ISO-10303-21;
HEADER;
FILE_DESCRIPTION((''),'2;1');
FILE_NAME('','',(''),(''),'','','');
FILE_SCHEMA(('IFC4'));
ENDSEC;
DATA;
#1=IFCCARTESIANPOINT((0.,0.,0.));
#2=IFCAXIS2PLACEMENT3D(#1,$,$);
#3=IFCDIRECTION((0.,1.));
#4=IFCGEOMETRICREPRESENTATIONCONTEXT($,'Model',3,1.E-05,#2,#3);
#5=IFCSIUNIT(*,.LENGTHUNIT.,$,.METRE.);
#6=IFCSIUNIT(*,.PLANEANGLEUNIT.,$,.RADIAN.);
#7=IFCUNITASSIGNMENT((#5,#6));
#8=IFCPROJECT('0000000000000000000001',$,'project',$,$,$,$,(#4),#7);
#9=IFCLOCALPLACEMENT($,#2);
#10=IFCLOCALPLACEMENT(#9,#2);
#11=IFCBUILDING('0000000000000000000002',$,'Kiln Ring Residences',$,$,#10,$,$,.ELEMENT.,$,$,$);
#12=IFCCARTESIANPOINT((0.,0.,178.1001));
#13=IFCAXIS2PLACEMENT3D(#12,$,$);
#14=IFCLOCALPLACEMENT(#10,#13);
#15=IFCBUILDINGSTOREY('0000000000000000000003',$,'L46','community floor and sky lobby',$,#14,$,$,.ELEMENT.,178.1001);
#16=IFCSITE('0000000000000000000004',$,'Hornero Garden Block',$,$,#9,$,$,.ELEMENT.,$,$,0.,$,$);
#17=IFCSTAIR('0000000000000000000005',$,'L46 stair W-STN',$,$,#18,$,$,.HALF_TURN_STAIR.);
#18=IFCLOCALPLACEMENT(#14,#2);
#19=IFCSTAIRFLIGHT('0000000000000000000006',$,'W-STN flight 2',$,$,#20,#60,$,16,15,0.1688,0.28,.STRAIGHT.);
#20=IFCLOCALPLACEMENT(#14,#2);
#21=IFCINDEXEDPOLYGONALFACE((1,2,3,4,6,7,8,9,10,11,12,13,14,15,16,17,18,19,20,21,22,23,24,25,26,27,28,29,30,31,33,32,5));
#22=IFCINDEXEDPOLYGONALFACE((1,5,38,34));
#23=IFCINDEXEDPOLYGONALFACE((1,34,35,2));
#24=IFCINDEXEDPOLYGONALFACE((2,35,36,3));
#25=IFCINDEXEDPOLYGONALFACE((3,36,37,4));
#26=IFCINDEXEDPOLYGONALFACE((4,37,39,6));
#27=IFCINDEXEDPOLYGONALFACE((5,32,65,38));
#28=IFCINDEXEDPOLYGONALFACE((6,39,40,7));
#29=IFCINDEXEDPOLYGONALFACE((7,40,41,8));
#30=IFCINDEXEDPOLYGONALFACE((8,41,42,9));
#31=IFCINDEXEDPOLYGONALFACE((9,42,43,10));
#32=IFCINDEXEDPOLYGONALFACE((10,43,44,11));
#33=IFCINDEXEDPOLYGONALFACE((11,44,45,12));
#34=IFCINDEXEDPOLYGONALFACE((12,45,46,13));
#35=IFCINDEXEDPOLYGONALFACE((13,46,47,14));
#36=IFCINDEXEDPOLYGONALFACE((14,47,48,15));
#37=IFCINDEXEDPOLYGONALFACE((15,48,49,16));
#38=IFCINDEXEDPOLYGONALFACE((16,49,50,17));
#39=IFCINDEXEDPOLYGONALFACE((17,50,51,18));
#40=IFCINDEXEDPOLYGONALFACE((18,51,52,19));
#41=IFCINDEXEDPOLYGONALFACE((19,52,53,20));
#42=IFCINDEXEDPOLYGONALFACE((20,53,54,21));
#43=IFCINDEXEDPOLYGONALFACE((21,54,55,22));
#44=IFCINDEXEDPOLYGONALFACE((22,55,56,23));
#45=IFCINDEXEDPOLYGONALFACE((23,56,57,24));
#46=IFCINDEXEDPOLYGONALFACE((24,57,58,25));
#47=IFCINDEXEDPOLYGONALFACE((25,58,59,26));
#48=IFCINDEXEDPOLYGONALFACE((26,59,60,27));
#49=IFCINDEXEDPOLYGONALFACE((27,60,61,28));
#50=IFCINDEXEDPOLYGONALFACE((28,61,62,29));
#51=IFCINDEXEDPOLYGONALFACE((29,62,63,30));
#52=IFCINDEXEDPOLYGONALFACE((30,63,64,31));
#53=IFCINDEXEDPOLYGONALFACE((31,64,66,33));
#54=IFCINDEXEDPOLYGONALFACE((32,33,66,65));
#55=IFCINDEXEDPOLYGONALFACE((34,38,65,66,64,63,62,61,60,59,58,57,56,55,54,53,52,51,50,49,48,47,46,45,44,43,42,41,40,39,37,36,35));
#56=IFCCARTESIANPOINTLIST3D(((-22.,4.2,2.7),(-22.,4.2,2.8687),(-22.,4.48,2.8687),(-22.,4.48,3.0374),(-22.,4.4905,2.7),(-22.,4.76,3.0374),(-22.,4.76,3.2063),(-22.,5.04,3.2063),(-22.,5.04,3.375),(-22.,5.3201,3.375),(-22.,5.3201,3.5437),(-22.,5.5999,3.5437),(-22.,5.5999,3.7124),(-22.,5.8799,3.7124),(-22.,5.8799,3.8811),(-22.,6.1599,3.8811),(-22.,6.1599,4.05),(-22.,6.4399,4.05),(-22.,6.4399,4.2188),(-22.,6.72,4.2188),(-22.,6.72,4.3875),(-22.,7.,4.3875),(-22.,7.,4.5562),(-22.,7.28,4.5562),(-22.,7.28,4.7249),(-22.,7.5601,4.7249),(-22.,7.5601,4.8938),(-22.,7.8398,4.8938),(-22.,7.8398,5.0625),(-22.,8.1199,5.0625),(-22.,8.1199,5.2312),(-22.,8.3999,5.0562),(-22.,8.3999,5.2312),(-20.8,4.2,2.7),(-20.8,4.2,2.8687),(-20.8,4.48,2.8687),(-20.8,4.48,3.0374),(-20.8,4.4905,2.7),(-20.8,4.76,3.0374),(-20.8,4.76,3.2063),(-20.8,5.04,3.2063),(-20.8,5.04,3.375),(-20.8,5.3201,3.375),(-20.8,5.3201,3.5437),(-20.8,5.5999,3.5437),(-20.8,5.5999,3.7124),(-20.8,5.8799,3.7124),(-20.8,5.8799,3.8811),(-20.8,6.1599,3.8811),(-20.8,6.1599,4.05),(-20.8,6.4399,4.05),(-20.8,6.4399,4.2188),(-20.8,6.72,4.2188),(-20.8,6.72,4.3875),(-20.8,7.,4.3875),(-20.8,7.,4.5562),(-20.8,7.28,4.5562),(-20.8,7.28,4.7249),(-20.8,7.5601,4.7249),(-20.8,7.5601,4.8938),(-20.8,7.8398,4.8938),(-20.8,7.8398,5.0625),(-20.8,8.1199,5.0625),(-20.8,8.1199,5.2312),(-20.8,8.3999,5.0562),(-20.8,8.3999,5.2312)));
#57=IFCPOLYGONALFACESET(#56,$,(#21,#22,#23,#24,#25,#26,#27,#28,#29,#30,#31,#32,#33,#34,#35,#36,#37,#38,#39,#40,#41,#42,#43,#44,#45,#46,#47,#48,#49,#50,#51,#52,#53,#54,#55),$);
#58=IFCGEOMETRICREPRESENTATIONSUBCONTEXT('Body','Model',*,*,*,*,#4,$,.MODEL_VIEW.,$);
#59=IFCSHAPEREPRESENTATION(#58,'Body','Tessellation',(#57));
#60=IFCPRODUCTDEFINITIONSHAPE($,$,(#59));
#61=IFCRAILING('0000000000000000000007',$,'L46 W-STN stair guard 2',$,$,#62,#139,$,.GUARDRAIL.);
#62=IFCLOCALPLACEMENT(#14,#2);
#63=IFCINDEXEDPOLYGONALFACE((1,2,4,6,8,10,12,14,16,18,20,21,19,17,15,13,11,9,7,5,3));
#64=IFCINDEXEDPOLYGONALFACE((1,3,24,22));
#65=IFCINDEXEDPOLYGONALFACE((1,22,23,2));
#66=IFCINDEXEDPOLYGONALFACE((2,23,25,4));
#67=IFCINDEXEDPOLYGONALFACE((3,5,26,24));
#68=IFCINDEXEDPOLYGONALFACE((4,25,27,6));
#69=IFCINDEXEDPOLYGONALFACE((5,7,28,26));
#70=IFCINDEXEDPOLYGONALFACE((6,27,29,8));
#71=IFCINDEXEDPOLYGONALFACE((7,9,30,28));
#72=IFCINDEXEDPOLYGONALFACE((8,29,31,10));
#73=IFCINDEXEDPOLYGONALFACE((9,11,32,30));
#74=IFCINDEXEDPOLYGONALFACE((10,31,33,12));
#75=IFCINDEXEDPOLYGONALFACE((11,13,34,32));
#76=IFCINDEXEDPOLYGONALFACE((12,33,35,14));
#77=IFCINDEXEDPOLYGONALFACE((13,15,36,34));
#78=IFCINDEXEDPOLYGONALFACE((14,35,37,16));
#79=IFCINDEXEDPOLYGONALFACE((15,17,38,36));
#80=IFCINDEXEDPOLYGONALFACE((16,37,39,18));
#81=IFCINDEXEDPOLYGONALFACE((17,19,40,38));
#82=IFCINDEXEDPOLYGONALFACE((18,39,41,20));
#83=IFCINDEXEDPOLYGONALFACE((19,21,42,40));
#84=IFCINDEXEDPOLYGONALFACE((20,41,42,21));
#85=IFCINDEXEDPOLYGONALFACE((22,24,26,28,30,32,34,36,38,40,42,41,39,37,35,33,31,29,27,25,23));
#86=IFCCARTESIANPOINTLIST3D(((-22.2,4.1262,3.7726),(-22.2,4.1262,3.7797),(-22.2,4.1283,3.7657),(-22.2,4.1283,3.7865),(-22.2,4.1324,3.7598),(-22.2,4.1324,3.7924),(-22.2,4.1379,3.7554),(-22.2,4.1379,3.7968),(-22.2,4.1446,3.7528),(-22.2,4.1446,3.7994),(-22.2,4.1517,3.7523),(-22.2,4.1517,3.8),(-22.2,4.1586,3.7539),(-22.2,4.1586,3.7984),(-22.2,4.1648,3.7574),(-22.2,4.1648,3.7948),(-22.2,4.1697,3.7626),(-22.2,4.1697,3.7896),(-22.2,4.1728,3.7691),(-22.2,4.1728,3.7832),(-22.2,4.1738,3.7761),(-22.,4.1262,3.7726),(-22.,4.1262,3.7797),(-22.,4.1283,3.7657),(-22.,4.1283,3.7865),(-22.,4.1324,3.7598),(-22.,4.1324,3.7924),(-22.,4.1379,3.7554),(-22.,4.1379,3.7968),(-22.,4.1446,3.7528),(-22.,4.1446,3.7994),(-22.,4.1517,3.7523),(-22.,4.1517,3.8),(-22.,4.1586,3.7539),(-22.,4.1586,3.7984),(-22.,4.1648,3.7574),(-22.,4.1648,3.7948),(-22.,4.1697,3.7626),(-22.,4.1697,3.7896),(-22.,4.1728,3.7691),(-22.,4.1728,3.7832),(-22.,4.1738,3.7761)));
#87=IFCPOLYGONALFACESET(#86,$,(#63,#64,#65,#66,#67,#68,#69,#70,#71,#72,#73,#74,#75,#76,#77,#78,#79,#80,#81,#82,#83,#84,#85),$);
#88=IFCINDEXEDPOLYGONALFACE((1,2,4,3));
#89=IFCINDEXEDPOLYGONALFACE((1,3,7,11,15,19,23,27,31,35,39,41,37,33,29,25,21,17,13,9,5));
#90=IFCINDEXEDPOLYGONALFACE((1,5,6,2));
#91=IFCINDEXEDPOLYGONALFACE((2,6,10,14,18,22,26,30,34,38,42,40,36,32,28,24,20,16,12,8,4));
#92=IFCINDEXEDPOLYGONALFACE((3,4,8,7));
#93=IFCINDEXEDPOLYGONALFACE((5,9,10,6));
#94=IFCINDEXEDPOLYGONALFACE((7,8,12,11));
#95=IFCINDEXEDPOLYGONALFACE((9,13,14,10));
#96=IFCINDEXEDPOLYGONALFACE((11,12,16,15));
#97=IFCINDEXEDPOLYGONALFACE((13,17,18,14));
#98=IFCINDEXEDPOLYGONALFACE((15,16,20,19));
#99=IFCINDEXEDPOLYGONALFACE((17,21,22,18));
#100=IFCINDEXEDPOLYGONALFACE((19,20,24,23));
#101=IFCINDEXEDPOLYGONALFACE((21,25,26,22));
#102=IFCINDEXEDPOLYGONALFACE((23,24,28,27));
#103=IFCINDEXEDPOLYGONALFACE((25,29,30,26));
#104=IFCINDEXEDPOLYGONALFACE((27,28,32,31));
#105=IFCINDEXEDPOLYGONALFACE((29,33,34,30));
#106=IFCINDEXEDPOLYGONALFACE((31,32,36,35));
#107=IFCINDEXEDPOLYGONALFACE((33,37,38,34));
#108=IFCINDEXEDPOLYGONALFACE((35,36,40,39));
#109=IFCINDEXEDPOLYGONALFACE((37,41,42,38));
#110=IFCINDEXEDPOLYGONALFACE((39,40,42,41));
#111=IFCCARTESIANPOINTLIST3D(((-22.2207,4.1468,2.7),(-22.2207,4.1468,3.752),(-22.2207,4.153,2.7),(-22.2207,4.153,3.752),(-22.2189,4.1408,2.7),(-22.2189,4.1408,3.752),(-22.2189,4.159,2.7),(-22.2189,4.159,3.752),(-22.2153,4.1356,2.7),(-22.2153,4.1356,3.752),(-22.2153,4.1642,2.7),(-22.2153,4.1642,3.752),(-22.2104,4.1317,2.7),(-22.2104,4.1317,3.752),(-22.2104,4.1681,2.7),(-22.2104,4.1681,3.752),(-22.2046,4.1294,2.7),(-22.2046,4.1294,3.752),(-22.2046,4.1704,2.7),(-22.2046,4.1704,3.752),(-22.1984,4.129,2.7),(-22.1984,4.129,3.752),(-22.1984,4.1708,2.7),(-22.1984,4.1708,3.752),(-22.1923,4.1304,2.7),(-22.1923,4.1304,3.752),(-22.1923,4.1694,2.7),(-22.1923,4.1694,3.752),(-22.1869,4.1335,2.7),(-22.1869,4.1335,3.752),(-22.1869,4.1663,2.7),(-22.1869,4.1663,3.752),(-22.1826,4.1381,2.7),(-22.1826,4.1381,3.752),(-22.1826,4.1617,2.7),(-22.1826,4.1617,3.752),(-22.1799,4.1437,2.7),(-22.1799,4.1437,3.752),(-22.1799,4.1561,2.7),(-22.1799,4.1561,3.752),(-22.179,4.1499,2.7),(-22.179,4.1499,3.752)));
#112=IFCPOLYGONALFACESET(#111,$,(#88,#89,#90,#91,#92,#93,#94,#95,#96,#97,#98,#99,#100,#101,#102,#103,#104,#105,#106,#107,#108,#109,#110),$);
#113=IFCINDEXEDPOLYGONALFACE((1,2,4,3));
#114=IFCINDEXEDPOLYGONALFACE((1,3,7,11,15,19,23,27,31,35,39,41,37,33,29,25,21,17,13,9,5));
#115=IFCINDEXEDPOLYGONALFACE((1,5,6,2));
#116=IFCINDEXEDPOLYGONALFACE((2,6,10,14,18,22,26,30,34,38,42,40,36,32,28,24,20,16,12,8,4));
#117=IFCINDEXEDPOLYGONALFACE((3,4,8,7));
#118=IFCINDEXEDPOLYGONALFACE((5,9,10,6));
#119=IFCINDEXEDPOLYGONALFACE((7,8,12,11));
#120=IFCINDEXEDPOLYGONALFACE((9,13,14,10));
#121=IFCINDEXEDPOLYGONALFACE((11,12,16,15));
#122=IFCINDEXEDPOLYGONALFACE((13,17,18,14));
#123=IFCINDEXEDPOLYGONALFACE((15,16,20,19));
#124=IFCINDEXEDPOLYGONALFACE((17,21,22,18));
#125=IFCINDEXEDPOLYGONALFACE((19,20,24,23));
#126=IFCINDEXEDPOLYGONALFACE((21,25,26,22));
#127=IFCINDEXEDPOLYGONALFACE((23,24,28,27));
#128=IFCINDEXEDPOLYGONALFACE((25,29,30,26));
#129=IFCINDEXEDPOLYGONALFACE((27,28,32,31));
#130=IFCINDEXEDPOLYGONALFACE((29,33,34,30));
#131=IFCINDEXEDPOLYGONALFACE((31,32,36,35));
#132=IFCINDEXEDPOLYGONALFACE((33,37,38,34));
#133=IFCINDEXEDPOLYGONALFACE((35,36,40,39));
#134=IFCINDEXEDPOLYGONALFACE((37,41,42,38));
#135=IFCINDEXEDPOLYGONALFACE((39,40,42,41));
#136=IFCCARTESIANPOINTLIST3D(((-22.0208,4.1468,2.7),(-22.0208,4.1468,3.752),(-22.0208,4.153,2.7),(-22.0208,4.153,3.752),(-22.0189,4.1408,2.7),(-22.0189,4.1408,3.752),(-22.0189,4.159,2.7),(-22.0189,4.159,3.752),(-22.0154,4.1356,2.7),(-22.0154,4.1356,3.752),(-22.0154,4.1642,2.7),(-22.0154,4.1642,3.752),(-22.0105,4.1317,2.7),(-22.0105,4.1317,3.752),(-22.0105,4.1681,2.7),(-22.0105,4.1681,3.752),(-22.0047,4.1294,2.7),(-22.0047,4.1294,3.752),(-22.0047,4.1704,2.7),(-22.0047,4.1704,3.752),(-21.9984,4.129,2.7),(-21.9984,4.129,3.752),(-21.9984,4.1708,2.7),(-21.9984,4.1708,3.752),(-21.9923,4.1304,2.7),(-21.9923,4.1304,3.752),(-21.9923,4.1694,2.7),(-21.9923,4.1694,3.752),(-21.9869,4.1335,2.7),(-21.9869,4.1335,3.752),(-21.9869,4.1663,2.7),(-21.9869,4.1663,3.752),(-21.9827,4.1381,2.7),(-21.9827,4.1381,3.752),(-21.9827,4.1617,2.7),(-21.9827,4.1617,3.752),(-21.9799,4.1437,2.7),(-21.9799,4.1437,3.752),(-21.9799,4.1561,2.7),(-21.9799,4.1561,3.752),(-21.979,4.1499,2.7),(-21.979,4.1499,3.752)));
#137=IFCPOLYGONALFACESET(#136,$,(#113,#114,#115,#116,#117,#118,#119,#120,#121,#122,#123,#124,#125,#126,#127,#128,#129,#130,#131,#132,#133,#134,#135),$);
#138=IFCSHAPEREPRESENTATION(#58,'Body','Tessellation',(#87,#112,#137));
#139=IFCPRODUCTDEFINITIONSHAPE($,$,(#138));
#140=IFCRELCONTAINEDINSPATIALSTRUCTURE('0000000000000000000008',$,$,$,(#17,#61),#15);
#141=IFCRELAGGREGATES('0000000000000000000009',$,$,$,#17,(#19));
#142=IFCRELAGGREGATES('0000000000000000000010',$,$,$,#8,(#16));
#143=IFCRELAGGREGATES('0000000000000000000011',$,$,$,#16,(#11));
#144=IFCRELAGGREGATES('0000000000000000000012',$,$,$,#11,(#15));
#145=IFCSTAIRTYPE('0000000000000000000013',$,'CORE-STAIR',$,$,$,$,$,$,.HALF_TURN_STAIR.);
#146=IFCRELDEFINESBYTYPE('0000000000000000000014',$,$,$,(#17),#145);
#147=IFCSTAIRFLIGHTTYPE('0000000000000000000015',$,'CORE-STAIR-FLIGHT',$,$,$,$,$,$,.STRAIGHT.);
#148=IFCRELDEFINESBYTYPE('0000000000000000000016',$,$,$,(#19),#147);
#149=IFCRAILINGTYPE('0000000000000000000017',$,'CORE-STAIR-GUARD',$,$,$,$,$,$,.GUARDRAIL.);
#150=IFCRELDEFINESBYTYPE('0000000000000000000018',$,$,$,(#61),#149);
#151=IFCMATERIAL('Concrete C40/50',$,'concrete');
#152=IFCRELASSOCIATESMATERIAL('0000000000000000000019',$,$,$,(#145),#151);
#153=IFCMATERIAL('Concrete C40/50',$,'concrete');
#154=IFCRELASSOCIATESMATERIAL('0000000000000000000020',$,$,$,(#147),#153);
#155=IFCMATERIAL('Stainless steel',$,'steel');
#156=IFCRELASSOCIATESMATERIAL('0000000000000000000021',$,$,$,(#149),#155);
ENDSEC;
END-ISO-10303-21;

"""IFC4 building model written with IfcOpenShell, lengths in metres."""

from ifc_helpers import new_model, si_unit, direction, frame, origin, origin_2d, place, context, subcontext, project, spatial, polyline, circle, outline, extrude, material, type_object, element, aggregate, save


model = new_model("IFC4")

# Units and contexts
model_context = context("Model", 3, precision=1e-05, world=origin(), true_north=direction((0.0, 1.0)))
body_context = subcontext(model_context, "Body", "Model", "MODEL_VIEW")
ifc_project = project(units=[si_unit("LENGTHUNIT", "METRE"), si_unit("PLANEANGLEUNIT", "RADIAN")], contexts=[model_context])

# Site, building, storey
site_placement = place(None, origin())
site = spatial("IfcSite", under=ifc_project, at=site_placement, Name="Hornero Garden Block", CompositionType="ELEMENT", RefElevation=0.0)
building_placement = place(site_placement, origin())
building = spatial("IfcBuilding", under=site, at=building_placement, Name="Kiln Ring Residences", CompositionType="ELEMENT")
storey_placement = place(building_placement, frame((0.0, 0.0, 178.1001)))
storey = spatial("IfcBuildingStorey", under=building, at=storey_placement, Name="L46", Description="community floor and sky lobby", CompositionType="ELEMENT", Elevation=178.1001)

# Shared definitions
placement = place(storey_placement, origin())

# Stair, stair flight
ifc_material_1 = material(Name="Concrete C40/50", Category="concrete")
stair_type = type_object("IfcStairType", Name="CORE-STAIR", PredefinedType="HALF_TURN_STAIR", material=ifc_material_1)
stair = element("IfcStair", 1, at=placement, inside=storey, type_object=stair_type, Name="L46 stair W-STN", PredefinedType="HALF_TURN_STAIR")
ifc_material_2 = material(Name="Concrete C40/50", Category="concrete")
stair_flight_type = type_object("IfcStairFlightType", Name="CORE-STAIR-FLIGHT", PredefinedType="STRAIGHT", material=ifc_material_2)
stair_flight_placement = place(storey_placement, frame((-21.3999, 4.2, 2.7), z_axis=(0.0, 0.0, 1.0), x_axis=(0.0, 1.0, 0.0)))
stair_flight = element("IfcStairFlight", 2, at=stair_flight_placement, type_object=stair_flight_type, Name="W-STN flight 2", NumberOfRisers=16, NumberOfTreads=15, PredefinedType="STRAIGHT", RiserHeight=0.1688, TreadLength=0.28, context=body_context, shape_type="SweptSolid", body=[
    extrude(outline(polyline([(0.0, 0.0), (0.0, 0.1687), (0.28, 0.1687), (0.28, 0.3374), (0.5601, 0.3374), (0.5601, 0.5063), (0.8401, 0.5063), (0.8401, 0.675), (1.1201, 0.675), (1.1201, 0.8438), (1.3999, 0.8438), (1.3999, 1.0125), (1.6799, 1.0125), (1.6799, 1.1812), (1.96, 1.1812), (1.96, 1.3501), (2.24, 1.3501), (2.24, 1.5188), (2.52, 1.5188), (2.52, 1.6875), (2.8, 1.6875), (2.8, 1.8562), (3.0801, 1.8562), (3.0801, 2.0249), (3.3601, 2.0249), (3.3601, 2.1938), (3.6399, 2.1938), (3.6399, 2.3625), (3.9199, 2.3625), (3.9199, 2.5312), (4.2, 2.5312), (4.2, 2.7), (4.2, 2.3562), (0.2905, 0.0), (0.0, 0.0)])), frame((0.0, 0.6001, 0.0), z_axis=(0.0, -1.0, 0.0), x_axis=(1.0, 0.0, 0.0)), (0.0, 0.0, 1.0), 1.2),
])
aggregate(stair, [stair_flight])

# Railing
ifc_material_3 = material(Name="Stainless steel", Category="steel")
railing_type_1 = type_object("IfcRailingType", Name="CORE-STAIR-GUARD", PredefinedType="GUARDRAIL", material=ifc_material_3)
railing_1_placement = place(storey_placement, frame((-22.2, 4.1499, 2.7)))
element("IfcRailing", 3, at=railing_1_placement, inside=storey, type_object=railing_type_1, Name="L46 W-STN stair guard 2", PredefinedType="GUARDRAIL", context=body_context, shape_type="SweptSolid", body=[
    extrude(circle(Radius=0.0239, at=origin_2d()), frame((0.0, 0.0, 1.0762), z_axis=(1.0, 0.0, 0.0), x_axis=(0.0, 1.0, 0.0)), (0.0, 0.0, 1.0), 0.2),
    extrude(circle(Radius=0.021, at=origin_2d()), origin(), (0.0, 0.0, 1.0), 1.052),
    extrude(circle(Radius=0.021, at=origin_2d()), frame((0.2, 0.0, 0.0)), (0.0, 0.0, 1.0), 1.052),
])

save(model, "model.ifc")
